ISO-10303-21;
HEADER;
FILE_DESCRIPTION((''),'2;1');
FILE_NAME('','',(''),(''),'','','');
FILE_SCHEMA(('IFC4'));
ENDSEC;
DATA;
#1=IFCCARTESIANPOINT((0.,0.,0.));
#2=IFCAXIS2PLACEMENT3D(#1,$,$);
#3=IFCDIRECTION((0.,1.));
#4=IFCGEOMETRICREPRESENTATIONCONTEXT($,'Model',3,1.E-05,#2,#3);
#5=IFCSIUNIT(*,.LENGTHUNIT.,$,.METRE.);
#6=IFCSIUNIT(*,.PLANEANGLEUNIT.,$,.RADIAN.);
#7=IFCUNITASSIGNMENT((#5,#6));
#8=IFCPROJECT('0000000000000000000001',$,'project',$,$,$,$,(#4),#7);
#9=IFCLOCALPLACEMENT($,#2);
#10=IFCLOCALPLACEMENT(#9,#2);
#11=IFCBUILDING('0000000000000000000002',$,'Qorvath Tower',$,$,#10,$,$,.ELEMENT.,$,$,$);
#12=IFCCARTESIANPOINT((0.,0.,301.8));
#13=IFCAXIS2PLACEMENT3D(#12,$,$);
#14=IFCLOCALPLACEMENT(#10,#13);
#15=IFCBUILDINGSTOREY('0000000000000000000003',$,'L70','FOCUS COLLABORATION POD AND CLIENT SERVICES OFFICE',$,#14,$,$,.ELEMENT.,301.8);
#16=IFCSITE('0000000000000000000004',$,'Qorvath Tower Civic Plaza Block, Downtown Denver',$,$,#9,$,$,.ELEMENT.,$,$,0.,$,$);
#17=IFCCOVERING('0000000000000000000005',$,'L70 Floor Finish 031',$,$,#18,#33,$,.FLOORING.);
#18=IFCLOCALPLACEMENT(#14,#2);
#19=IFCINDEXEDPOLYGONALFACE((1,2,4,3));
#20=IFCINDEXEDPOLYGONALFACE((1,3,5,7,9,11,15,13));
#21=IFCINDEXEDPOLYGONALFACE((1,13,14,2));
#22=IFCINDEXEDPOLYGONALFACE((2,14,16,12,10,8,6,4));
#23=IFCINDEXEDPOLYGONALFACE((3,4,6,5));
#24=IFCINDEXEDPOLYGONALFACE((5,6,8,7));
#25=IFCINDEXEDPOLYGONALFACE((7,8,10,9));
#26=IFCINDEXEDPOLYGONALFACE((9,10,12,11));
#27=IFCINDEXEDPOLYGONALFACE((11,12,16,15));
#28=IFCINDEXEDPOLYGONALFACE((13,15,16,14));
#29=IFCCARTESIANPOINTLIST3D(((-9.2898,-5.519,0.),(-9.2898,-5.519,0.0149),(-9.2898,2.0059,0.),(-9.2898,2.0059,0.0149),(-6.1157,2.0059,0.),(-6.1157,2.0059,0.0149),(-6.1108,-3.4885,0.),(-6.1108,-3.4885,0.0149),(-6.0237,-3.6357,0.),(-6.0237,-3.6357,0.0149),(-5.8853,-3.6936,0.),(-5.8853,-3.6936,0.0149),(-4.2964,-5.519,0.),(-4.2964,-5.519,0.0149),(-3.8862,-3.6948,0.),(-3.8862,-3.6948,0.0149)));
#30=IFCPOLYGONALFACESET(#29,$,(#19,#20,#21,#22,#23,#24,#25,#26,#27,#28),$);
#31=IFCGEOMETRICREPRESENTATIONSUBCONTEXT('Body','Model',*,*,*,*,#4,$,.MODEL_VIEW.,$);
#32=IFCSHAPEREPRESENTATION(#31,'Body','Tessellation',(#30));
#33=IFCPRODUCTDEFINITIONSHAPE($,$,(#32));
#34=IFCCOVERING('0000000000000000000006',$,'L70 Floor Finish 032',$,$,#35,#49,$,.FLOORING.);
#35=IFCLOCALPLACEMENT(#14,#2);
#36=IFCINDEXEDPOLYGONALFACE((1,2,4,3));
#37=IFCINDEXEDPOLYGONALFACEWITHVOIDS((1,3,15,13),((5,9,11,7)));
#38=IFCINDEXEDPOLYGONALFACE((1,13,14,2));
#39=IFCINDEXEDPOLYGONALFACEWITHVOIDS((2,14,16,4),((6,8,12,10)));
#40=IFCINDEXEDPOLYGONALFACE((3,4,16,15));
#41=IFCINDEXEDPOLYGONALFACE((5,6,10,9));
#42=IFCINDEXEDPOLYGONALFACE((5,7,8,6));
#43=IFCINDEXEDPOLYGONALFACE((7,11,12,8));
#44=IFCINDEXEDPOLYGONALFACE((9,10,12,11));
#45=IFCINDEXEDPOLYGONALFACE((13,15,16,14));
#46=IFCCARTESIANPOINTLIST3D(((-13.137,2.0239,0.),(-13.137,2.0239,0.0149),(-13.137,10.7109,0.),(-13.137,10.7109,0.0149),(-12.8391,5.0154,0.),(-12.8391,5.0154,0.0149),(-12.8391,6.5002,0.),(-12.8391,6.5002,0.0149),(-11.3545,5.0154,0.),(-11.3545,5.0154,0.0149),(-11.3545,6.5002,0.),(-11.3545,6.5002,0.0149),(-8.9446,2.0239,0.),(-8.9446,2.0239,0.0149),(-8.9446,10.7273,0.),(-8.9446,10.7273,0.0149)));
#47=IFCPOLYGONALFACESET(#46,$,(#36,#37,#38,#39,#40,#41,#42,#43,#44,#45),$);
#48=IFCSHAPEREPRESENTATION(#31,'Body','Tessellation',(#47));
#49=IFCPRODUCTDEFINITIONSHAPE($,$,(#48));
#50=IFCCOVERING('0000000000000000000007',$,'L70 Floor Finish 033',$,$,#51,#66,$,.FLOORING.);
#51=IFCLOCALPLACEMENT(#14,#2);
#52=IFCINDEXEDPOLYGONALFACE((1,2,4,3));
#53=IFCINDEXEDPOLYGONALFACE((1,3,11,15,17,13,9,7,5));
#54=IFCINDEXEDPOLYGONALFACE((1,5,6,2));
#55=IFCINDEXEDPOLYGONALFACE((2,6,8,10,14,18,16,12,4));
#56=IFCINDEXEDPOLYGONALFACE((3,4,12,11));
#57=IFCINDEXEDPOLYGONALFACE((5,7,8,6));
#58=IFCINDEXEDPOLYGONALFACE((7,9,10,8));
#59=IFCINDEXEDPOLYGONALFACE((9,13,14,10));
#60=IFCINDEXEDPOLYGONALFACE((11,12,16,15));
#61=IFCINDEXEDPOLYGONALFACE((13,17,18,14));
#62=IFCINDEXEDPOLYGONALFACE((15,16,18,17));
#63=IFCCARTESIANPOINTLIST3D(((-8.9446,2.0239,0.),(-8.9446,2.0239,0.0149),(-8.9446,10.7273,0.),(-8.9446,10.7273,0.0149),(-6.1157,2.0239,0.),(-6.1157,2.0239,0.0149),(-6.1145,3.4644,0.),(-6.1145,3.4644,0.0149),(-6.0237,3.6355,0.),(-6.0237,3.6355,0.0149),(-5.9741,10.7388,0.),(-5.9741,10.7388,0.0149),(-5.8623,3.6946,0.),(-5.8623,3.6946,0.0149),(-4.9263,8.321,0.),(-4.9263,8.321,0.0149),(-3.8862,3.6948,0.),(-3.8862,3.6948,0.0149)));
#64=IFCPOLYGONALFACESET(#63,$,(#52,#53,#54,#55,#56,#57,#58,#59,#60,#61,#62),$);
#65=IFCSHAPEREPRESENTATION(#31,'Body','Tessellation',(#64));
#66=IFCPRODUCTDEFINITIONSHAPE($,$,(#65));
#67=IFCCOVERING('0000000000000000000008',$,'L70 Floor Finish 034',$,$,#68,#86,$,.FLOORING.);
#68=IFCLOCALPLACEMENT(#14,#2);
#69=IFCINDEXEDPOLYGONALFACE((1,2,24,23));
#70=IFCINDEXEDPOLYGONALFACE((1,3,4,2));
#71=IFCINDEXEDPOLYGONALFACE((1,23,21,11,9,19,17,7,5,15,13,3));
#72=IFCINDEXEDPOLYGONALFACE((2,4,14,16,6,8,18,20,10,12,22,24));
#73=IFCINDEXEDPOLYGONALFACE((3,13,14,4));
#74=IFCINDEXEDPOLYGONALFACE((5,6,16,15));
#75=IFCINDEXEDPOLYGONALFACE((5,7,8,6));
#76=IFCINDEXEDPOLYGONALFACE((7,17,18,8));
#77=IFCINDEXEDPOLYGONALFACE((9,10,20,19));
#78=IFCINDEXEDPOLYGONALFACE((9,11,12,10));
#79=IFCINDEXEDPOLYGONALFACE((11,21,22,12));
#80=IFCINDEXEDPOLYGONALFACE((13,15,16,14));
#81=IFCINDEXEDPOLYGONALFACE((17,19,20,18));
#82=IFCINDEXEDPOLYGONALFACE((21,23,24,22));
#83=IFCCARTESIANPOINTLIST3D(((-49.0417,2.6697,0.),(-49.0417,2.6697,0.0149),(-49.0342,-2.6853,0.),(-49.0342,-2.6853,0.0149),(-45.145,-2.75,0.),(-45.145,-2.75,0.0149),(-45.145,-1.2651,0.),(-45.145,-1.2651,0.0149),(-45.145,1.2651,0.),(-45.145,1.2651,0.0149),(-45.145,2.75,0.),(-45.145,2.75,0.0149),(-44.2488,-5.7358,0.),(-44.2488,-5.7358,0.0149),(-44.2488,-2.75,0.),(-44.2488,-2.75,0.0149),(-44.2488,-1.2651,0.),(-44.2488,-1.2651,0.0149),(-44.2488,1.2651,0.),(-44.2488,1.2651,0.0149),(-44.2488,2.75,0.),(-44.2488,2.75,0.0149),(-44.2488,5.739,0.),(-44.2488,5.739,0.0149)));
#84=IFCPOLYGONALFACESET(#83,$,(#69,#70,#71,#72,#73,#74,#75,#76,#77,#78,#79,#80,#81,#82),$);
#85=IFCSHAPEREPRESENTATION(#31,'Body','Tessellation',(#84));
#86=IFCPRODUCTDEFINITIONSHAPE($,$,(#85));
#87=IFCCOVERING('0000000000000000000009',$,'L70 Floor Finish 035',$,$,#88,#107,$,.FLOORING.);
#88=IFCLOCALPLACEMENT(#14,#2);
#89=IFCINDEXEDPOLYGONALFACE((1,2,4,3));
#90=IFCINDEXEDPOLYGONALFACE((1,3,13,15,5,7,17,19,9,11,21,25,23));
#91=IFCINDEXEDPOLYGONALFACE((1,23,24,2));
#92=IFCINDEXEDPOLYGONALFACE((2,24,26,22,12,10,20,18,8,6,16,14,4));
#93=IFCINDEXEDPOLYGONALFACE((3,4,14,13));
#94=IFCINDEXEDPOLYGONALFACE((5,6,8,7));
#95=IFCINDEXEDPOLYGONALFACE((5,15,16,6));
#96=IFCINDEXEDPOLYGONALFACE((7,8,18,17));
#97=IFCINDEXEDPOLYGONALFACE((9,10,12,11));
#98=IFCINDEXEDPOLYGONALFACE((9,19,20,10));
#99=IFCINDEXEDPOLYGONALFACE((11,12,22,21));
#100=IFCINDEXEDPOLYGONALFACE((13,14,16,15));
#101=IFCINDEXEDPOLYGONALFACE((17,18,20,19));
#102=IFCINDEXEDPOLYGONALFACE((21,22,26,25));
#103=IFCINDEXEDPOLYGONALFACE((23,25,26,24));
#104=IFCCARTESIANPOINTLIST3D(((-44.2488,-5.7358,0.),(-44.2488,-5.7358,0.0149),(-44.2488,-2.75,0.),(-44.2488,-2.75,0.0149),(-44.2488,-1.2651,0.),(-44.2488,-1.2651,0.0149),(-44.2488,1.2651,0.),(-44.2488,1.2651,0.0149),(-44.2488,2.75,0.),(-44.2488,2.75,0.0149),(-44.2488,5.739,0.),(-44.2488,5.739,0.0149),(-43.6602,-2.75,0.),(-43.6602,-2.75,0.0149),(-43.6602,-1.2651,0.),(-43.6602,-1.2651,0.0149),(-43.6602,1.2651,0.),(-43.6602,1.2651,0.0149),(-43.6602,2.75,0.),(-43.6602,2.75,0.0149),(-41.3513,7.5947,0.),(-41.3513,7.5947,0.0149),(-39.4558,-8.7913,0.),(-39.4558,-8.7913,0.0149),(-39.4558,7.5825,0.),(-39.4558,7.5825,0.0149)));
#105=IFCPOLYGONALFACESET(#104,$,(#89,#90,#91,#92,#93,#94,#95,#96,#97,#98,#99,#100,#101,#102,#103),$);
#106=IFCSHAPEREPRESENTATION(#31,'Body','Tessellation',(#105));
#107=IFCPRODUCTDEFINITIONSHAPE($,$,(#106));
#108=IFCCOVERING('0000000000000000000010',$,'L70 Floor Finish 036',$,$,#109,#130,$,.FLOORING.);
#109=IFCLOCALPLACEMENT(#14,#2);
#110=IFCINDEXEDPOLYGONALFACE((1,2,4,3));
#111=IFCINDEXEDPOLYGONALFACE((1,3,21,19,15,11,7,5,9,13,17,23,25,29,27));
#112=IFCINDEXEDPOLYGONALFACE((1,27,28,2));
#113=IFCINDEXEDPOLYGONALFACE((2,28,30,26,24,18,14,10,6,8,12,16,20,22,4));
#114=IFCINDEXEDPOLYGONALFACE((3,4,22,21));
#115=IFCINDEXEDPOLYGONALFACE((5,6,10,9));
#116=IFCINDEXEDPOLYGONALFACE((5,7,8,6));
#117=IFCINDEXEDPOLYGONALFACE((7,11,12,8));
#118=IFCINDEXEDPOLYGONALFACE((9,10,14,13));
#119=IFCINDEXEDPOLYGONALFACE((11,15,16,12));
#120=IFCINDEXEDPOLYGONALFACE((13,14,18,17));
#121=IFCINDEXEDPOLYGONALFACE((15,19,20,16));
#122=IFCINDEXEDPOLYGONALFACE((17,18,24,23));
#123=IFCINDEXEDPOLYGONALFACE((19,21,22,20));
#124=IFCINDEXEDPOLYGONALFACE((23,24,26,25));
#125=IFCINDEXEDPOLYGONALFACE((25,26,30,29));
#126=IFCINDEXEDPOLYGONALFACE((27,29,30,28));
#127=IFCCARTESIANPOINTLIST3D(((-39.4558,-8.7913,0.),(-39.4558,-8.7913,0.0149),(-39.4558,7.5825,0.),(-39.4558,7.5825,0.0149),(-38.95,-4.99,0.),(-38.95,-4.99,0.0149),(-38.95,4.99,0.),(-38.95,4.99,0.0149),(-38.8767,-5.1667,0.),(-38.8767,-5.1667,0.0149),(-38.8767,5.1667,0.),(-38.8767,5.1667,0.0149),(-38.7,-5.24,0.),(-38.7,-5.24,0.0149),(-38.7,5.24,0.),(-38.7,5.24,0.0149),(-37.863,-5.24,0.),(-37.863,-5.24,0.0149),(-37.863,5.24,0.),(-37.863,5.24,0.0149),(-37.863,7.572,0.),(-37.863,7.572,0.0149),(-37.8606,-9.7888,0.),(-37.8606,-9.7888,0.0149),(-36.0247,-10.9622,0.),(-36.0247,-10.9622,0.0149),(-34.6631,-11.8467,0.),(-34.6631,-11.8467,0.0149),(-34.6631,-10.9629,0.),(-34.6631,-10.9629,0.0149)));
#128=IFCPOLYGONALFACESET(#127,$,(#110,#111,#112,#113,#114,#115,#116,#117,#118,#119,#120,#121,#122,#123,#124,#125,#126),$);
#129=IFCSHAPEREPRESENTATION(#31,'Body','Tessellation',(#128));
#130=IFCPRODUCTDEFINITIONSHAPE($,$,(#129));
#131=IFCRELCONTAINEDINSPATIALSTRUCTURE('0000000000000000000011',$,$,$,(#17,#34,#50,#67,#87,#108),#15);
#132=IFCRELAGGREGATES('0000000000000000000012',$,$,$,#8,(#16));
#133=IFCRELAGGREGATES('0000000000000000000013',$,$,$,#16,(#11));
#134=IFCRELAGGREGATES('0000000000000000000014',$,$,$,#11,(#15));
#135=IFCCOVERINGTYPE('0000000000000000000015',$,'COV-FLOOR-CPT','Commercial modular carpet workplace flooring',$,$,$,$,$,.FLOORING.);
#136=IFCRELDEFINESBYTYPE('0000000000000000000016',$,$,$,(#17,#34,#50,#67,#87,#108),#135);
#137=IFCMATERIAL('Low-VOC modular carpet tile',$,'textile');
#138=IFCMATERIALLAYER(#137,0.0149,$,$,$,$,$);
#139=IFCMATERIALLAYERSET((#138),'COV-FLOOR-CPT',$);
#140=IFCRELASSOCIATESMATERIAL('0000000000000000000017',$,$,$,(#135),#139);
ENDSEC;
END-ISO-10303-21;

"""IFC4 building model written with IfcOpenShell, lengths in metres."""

from ifc_helpers import new_model, si_unit, direction, frame, origin, place, context, subcontext, project, spatial, polyline, outline, extrude, material, layer, layer_set, type_object, element, save


model = new_model("IFC4")

# Units and contexts
model_context = context("Model", 3, precision=1e-05, world=origin(), true_north=direction((0.0, 1.0)))
body_context = subcontext(model_context, "Body", "Model", "MODEL_VIEW")
ifc_project = project(units=[si_unit("LENGTHUNIT", "METRE"), si_unit("PLANEANGLEUNIT", "RADIAN")], contexts=[model_context])

# Site, building, storey
site_placement = place(None, origin())
site = spatial("IfcSite", under=ifc_project, at=site_placement, Name="Qorvath Tower Civic Plaza Block, Downtown Denver", CompositionType="ELEMENT", RefElevation=0.0)
building_placement = place(site_placement, origin())
building = spatial("IfcBuilding", under=site, at=building_placement, Name="Qorvath Tower", CompositionType="ELEMENT")
storey_placement = place(building_placement, frame((0.0, 0.0, 301.8)))
storey = spatial("IfcBuildingStorey", under=building, at=storey_placement, Name="L70", Description="FOCUS COLLABORATION POD AND CLIENT SERVICES OFFICE", CompositionType="ELEMENT", Elevation=301.8)

# Coverings
ifc_material_1 = material(Name="Low-VOC modular carpet tile", Category="textile")
ifc_layer_1 = layer(ifc_material_1, 0.0149)
ifc_layer_set_1 = layer_set([ifc_layer_1], Name="COV-FLOOR-CPT")
covering_type_1 = type_object("IfcCoveringType", Name="COV-FLOOR-CPT", Description="Commercial modular carpet workplace flooring", PredefinedType="FLOORING", material=ifc_layer_set_1)
covering_1_placement = place(storey_placement, origin())
element("IfcCovering", 1, at=covering_1_placement, inside=storey, type_object=covering_type_1, Name="L70 Floor Finish 031", PredefinedType="FLOORING", context=body_context, shape_type="SweptSolid", body=[
    extrude(outline(polyline([(-6.0237, -3.6357), (-6.1108, -3.4885), (-6.1157, 2.0059), (-9.2898, 2.0059), (-9.2898, -5.519), (-4.2964, -5.519), (-3.8862, -3.6948), (-5.8853, -3.6936), (-6.0237, -3.6357)])), origin(), (0.0, 0.0, 1.0), 0.0149),
])
covering_2_placement = place(storey_placement, origin())
element("IfcCovering", 2, at=covering_2_placement, inside=storey, type_object=covering_type_1, Name="L70 Floor Finish 032", PredefinedType="FLOORING", context=body_context, shape_type="SweptSolid", body=[
    extrude(outline(polyline([(-8.9446, 2.0239), (-8.9446, 10.7273), (-13.137, 10.7109), (-13.137, 2.0239), (-8.9446, 2.0239)]), holes=[polyline([(-12.8391, 5.0154), (-12.8391, 6.5002), (-11.3545, 6.5002), (-11.3545, 5.0154), (-12.8391, 5.0154)])]), origin(), (0.0, 0.0, 1.0), 0.0149),
])
covering_3_placement = place(storey_placement, origin())
element("IfcCovering", 3, at=covering_3_placement, inside=storey, type_object=covering_type_1, Name="L70 Floor Finish 033", PredefinedType="FLOORING", context=body_context, shape_type="SweptSolid", body=[
    extrude(outline(polyline([(-5.8623, 3.6946), (-3.8862, 3.6948), (-4.9263, 8.321), (-5.9741, 10.7388), (-8.9446, 10.7273), (-8.9446, 2.0239), (-6.1157, 2.0239), (-6.1145, 3.4644), (-6.0237, 3.6355), (-5.8623, 3.6946)])), origin(), (0.0, 0.0, 1.0), 0.0149),
])
covering_4_placement = place(storey_placement, origin())
element("IfcCovering", 4, at=covering_4_placement, inside=storey, type_object=covering_type_1, Name="L70 Floor Finish 034", PredefinedType="FLOORING", context=body_context, shape_type="SweptSolid", body=[
    extrude(outline(polyline([(-49.0417, 2.6697), (-49.0342, -2.6853), (-44.2488, -5.7358), (-44.2488, -2.75), (-45.145, -2.75), (-45.145, -1.2651), (-44.2488, -1.2651), (-44.2488, 1.2651), (-45.145, 1.2651), (-45.145, 2.75), (-44.2488, 2.75), (-44.2488, 5.739), (-49.0417, 2.6697)])), origin(), (0.0, 0.0, 1.0), 0.0149),
])
covering_5_placement = place(storey_placement, origin())
element("IfcCovering", 5, at=covering_5_placement, inside=storey, type_object=covering_type_1, Name="L70 Floor Finish 035", PredefinedType="FLOORING", context=body_context, shape_type="SweptSolid", body=[
    extrude(outline(polyline([(-44.2488, 5.739), (-44.2488, 2.75), (-43.6602, 2.75), (-43.6602, 1.2651), (-44.2488, 1.2651), (-44.2488, -1.2651), (-43.6602, -1.2651), (-43.6602, -2.75), (-44.2488, -2.75), (-44.2488, -5.7358), (-39.4558, -8.7913), (-39.4558, 7.5825), (-41.3513, 7.5947), (-44.2488, 5.739)])), origin(), (0.0, 0.0, 1.0), 0.0149),
])
covering_6_placement = place(storey_placement, origin())
element("IfcCovering", 6, at=covering_6_placement, inside=storey, type_object=covering_type_1, Name="L70 Floor Finish 036", PredefinedType="FLOORING", context=body_context, shape_type="SweptSolid", body=[
    extrude(outline(polyline([(-39.4558, 7.5825), (-39.4558, -8.7913), (-34.6631, -11.8467), (-34.6631, -10.9629), (-36.0247, -10.9622), (-37.8606, -9.7888), (-37.863, -5.24), (-38.7, -5.24), (-38.8767, -5.1667), (-38.95, -4.99), (-38.95, 4.99), (-38.8767, 5.1667), (-38.7, 5.24), (-37.863, 5.24), (-37.863, 7.572), (-39.4558, 7.5825)])), origin(), (0.0, 0.0, 1.0), 0.0149),
])

save(model, "model.ifc")
